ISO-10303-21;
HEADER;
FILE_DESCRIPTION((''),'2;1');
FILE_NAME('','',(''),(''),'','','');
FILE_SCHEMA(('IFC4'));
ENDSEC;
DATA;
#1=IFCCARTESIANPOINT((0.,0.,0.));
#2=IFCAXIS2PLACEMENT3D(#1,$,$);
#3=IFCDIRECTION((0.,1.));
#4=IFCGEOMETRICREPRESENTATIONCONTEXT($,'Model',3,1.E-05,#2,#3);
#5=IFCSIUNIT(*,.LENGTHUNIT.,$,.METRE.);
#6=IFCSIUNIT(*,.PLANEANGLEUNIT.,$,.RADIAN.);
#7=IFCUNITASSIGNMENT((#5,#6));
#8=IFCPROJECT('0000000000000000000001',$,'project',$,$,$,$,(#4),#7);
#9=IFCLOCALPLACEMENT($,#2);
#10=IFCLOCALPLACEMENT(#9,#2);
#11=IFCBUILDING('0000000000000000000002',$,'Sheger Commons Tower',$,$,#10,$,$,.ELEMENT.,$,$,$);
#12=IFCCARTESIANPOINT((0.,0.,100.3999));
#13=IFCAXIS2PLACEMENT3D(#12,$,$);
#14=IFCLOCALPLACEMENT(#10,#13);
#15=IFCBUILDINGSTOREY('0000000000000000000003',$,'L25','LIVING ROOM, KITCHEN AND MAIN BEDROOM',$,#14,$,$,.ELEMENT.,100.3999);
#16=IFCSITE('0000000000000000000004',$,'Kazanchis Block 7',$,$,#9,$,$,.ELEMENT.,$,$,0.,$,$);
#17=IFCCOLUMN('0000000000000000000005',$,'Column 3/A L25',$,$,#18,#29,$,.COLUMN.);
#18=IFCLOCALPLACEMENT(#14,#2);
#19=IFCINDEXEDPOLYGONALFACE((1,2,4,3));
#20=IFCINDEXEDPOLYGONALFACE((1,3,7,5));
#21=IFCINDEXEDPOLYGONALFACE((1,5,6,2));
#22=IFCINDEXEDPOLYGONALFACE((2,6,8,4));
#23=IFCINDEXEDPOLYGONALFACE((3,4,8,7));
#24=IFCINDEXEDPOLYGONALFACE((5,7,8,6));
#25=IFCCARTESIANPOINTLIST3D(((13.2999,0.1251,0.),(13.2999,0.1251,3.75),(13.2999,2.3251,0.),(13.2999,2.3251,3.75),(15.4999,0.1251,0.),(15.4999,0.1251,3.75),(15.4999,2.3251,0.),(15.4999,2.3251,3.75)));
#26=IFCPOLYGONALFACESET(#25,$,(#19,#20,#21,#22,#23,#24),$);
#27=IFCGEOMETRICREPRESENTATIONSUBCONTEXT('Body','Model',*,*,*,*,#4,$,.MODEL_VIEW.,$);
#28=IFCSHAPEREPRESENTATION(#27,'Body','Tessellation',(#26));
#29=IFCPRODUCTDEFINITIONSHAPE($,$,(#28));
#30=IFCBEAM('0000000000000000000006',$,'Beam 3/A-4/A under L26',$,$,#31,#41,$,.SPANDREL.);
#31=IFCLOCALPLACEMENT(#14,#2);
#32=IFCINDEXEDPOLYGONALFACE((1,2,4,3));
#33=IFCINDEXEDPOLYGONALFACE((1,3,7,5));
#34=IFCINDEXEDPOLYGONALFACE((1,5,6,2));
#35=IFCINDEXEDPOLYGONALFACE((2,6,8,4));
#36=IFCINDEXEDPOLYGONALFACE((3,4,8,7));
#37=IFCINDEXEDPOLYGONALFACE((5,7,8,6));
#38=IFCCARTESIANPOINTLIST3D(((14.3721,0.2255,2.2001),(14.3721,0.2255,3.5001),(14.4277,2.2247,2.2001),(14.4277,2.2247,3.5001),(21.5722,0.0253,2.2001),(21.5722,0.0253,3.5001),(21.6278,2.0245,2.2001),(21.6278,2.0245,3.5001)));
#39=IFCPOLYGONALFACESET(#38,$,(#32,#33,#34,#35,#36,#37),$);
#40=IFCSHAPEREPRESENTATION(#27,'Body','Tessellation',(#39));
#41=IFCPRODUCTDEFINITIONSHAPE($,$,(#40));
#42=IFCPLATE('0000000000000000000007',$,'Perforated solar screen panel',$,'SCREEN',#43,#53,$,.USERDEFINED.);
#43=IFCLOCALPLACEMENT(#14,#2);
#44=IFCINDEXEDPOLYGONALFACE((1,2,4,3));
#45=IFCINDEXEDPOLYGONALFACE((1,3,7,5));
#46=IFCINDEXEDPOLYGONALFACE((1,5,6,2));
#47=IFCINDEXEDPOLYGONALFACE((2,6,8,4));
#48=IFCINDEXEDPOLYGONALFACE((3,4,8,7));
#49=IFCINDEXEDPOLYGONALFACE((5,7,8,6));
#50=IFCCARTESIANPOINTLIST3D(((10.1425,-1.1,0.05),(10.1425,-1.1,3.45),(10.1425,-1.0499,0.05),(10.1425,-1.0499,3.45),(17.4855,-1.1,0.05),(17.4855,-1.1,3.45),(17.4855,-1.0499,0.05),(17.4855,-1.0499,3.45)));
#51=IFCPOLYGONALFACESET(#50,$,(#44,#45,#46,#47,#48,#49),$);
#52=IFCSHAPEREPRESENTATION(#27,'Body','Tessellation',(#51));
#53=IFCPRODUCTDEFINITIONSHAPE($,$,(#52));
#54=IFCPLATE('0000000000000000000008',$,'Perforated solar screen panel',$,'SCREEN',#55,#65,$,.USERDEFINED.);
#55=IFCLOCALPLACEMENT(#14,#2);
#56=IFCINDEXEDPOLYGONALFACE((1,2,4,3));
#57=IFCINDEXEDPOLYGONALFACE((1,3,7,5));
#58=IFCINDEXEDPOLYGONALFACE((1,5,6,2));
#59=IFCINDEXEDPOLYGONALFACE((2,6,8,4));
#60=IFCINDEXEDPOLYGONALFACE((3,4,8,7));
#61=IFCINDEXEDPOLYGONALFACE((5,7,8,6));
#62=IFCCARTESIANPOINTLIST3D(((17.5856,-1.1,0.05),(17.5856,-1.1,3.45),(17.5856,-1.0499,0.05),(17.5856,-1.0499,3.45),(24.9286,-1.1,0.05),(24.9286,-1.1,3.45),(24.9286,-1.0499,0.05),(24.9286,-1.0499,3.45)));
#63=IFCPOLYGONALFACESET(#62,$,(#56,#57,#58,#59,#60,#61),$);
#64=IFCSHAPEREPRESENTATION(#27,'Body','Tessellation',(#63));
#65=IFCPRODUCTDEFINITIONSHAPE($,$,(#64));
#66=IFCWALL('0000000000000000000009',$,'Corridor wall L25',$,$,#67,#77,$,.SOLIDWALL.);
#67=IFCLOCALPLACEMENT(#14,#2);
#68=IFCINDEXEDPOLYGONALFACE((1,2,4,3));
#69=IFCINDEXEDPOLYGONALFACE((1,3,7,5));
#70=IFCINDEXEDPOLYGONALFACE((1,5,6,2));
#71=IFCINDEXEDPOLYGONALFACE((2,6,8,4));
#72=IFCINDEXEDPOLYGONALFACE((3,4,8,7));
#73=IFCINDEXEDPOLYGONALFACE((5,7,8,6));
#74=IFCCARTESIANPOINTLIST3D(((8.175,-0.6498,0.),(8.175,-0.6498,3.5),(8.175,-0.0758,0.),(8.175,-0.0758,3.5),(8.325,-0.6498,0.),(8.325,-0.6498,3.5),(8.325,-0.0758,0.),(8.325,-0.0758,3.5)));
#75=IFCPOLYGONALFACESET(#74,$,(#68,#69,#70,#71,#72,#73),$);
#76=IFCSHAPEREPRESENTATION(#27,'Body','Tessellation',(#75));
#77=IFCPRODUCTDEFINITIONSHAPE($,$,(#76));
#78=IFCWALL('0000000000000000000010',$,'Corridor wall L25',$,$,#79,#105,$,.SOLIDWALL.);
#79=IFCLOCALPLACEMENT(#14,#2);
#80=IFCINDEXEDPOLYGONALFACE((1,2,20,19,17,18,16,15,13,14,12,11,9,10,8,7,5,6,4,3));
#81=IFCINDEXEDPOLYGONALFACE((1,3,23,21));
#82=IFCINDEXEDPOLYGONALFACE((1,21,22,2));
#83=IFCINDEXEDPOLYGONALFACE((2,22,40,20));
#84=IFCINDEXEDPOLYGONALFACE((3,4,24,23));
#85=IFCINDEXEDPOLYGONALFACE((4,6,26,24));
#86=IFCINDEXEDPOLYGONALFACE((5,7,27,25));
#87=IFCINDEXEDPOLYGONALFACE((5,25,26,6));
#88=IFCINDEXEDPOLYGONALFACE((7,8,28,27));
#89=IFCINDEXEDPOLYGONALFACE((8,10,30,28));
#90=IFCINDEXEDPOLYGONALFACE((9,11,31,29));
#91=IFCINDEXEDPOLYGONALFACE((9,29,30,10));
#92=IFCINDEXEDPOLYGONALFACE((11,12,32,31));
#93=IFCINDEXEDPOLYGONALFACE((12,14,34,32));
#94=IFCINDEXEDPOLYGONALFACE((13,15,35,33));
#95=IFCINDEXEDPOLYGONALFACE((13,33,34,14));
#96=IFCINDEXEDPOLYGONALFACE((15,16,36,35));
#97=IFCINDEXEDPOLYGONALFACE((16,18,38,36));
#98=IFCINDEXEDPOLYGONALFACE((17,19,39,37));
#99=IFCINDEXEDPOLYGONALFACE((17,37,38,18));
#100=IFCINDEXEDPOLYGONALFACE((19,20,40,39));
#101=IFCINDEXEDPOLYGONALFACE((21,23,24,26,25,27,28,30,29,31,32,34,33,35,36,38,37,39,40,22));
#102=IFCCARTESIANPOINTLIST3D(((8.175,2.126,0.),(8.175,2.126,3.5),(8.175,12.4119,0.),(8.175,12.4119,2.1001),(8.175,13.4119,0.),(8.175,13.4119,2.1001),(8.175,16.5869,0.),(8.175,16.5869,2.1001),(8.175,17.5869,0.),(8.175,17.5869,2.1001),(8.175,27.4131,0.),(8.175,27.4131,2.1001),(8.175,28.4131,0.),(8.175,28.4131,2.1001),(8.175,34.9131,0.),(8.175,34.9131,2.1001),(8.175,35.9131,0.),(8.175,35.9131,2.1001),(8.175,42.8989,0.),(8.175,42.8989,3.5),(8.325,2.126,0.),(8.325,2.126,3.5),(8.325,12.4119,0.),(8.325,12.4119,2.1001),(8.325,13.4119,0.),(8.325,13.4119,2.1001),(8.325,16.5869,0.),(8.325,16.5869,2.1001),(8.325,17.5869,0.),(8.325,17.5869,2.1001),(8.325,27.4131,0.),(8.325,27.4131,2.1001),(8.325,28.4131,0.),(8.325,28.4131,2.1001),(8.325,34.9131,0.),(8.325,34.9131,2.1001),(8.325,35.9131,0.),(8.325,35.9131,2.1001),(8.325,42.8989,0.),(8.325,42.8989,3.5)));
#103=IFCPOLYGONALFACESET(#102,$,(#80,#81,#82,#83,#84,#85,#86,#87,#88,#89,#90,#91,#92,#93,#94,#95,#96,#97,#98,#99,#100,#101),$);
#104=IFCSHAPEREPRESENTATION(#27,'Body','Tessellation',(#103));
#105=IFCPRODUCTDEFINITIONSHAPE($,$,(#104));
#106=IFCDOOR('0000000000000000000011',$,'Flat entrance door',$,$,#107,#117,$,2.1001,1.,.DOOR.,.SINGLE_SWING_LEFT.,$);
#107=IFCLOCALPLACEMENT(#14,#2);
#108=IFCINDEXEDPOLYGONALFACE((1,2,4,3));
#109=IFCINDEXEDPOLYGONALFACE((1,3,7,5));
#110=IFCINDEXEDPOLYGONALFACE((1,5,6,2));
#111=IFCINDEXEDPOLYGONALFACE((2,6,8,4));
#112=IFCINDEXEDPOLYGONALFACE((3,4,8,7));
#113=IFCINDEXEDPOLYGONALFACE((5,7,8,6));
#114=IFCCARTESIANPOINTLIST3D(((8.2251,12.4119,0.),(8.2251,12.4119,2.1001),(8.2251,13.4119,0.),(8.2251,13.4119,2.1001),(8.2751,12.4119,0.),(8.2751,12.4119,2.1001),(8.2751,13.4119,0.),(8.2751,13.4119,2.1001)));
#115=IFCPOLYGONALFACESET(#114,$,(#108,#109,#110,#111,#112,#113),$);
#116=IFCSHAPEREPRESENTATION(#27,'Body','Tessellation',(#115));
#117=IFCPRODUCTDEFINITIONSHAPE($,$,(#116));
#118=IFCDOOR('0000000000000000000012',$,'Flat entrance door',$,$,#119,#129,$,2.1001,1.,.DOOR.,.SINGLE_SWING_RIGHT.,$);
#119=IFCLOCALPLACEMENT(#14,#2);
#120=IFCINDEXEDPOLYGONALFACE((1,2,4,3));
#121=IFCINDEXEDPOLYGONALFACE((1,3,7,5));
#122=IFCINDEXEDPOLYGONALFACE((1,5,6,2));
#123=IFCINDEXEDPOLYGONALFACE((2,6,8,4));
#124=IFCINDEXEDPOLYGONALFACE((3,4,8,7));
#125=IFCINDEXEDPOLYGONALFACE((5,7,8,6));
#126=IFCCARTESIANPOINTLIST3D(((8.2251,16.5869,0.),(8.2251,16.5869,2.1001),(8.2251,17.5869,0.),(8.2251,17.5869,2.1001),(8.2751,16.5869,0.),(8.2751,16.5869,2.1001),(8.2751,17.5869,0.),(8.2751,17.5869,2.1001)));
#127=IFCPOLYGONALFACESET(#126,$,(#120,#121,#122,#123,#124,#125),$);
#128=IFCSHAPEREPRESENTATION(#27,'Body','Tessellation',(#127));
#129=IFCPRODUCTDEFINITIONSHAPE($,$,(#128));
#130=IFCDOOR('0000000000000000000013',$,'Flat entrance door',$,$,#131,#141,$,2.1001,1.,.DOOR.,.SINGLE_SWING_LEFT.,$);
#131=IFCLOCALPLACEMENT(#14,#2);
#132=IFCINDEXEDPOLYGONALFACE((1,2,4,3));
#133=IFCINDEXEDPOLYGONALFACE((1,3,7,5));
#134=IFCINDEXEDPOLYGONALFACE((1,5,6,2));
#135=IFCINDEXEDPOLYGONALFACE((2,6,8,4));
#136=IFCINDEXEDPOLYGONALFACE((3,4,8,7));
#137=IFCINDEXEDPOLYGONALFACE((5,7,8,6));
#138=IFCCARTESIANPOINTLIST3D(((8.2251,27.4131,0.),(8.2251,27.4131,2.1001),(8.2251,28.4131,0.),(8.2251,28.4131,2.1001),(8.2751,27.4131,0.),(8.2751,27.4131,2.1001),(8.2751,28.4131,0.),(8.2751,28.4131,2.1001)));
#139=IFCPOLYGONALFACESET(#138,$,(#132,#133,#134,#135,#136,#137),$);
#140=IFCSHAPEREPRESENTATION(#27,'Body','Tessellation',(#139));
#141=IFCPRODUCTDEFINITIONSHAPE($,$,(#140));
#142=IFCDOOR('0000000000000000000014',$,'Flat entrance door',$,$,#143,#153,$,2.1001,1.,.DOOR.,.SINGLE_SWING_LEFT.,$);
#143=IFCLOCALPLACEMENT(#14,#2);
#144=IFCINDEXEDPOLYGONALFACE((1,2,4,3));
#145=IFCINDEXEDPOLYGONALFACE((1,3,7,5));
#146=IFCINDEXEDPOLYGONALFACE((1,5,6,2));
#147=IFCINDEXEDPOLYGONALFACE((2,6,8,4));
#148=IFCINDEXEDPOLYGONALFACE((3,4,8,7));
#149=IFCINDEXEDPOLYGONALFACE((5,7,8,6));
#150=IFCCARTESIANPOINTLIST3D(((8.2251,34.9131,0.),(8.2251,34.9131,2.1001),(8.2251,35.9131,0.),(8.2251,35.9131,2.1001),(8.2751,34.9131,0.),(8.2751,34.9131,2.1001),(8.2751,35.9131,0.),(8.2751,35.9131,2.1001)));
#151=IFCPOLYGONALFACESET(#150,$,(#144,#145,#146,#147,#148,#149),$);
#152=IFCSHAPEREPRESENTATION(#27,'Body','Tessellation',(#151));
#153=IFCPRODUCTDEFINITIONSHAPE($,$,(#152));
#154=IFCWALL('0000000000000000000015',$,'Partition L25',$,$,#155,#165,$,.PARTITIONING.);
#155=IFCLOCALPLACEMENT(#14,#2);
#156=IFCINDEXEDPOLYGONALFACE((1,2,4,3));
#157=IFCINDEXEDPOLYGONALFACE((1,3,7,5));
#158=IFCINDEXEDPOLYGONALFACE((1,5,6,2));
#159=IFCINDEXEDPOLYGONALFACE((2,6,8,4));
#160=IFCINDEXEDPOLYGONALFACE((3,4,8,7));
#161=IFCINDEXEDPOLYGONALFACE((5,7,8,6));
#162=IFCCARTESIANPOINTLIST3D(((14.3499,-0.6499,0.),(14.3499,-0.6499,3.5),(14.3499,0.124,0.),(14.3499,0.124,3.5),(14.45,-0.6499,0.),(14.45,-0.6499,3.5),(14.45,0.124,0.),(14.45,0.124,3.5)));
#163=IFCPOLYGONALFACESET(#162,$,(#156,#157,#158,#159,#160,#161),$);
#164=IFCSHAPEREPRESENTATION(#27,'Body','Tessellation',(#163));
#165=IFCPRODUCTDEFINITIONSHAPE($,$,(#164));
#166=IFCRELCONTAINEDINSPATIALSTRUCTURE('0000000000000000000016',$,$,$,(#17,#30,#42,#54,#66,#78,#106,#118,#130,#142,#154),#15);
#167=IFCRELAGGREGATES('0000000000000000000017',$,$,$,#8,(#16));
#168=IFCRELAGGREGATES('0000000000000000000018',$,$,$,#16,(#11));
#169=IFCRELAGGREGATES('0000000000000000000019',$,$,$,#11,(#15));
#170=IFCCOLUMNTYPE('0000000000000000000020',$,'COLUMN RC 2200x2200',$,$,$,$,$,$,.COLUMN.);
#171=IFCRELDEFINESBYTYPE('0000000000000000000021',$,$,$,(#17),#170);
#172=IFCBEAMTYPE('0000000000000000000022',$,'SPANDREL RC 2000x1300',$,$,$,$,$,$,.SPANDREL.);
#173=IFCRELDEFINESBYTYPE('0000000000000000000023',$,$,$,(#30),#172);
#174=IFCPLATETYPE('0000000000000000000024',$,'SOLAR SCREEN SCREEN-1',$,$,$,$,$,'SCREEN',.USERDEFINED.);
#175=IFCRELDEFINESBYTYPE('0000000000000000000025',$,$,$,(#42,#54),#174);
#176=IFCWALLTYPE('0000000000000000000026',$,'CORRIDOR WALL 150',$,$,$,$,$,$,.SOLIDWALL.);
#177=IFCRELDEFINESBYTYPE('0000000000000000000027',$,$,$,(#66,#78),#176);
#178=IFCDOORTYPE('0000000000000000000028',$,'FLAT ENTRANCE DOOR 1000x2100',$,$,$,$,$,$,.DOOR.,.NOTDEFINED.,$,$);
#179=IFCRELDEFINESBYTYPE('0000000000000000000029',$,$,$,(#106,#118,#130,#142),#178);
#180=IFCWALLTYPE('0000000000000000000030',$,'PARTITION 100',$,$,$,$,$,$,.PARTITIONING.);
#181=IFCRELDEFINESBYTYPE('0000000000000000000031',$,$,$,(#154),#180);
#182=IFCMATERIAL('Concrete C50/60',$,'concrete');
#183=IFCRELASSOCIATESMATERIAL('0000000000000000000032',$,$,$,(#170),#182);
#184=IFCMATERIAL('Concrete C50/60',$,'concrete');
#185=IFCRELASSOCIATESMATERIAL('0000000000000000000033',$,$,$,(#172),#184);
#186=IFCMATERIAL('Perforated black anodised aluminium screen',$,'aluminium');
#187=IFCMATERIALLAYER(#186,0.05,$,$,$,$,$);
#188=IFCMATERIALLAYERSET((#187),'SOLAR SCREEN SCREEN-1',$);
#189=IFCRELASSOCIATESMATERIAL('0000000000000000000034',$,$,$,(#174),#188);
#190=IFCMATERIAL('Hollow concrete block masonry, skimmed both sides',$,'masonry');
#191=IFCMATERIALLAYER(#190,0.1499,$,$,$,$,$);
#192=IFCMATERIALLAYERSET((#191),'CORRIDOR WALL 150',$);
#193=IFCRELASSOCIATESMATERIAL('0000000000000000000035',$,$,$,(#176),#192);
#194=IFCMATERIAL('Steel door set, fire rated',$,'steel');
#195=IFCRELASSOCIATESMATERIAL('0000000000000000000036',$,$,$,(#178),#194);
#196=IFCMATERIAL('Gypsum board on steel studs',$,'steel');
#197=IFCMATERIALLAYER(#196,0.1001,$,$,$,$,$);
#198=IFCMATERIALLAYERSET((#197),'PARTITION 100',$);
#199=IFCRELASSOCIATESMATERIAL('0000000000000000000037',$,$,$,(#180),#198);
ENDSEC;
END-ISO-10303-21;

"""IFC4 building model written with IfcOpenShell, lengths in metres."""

from ifc_helpers import new_model, si_unit, direction, frame, frame_2d, origin, origin_2d, place, context, subcontext, project, spatial, rectangle, extrude, material, layer, layer_set, material_profile, profile_set, type_object, element, fill, save


model = new_model("IFC4")

# Units and contexts
model_context = context("Model", 3, precision=1e-05, world=origin(), true_north=direction((0.0, 1.0)))
body_context = subcontext(model_context, "Body", "Model", "MODEL_VIEW")
ifc_project = project(units=[si_unit("LENGTHUNIT", "METRE"), si_unit("PLANEANGLEUNIT", "RADIAN")], contexts=[model_context])

# Site, building, storey
site_placement = place(None, origin())
site = spatial("IfcSite", under=ifc_project, at=site_placement, Name="Kazanchis Block 7", CompositionType="ELEMENT", RefElevation=0.0)
building_placement = place(site_placement, origin())
building = spatial("IfcBuilding", under=site, at=building_placement, Name="Sheger Commons Tower", CompositionType="ELEMENT")
storey_placement = place(building_placement, frame((0.0, 0.0, 100.3999)))
storey = spatial("IfcBuildingStorey", under=building, at=storey_placement, Name="L25", Description="LIVING ROOM, KITCHEN AND MAIN BEDROOM", CompositionType="ELEMENT", Elevation=100.3999)

# Column
ifc_material_1 = material(Name="Concrete C50/60", Category="concrete")
ifc_material_profile_1 = material_profile(ifc_material_1, rectangle(XDim=2.2, YDim=2.2, at=origin_2d()), Name="RC 2200x2200")
ifc_profile_set_1 = profile_set([ifc_material_profile_1], Name="Concrete C50/60")
column_type = type_object("IfcColumnType", Name="COLUMN RC 2200x2200", PredefinedType="COLUMN", material=ifc_profile_set_1)
column_placement = place(storey_placement, frame((14.3999, 1.2251, 0.0), z_axis=(0.0, 0.0, 1.0), x_axis=(1.0, 0.0, 0.0)))
element("IfcColumn", 1, at=column_placement, inside=storey, type_object=column_type, Name="Column 3/A L25", PredefinedType="COLUMN", context=body_context, shape_type="SweptSolid", body=[
    extrude(rectangle(XDim=2.2, YDim=2.2, at=origin_2d()), origin(), (0.0, 0.0, 1.0), 3.75),
])

# Beam
ifc_material_2 = material(Name="Concrete C50/60", Category="concrete")
ifc_material_profile_2 = material_profile(ifc_material_2, rectangle(XDim=2.0, YDim=1.3, at=origin_2d()), Name="RC 2000x1300")
ifc_profile_set_2 = profile_set([ifc_material_profile_2], Name="Concrete C50/60")
beam_type = type_object("IfcBeamType", Name="SPANDREL RC 2000x1300", PredefinedType="SPANDREL", material=ifc_profile_set_2)
beam_placement = place(storey_placement, frame((14.3999, 1.2251, 2.8501), z_axis=(0.999614, -0.027793, 0.0), x_axis=(0.027793, 0.999614, 0.0)))
element("IfcBeam", 2, at=beam_placement, inside=storey, type_object=beam_type, Name="Beam 3/A-4/A under L26", PredefinedType="SPANDREL", context=body_context, shape_type="SweptSolid", body=[
    extrude(rectangle(XDim=2.0, YDim=1.3, at=origin_2d()), origin(), (0.0, 0.0, 1.0), 7.2029),
])

# Plates
ifc_material_3 = material(Name="Perforated black anodised aluminium screen", Category="aluminium")
ifc_layer_1 = layer(ifc_material_3, 0.05)
ifc_layer_set_1 = layer_set([ifc_layer_1], Name="SOLAR SCREEN SCREEN-1")
plate_type = type_object("IfcPlateType", Name="SOLAR SCREEN SCREEN-1", ElementType="SCREEN", PredefinedType="USERDEFINED", material=ifc_layer_set_1)
for number, where, z_axis, x_axis, name in (
    (3, (13.814, -1.075, 0.05), (0.0, 0.0, 1.0), (1.0, 0.0, 0.0), "Perforated solar screen panel"),
    (4, (21.2571, -1.075, 0.05), (0.0, 0.0, 1.0), (1.0, 0.0, 0.0), "Perforated solar screen panel"),
):
    element("IfcPlate", number, at=place(storey_placement, frame(where, z_axis=z_axis, x_axis=x_axis)), inside=storey, type_object=plate_type, Name=name, ObjectType="SCREEN", PredefinedType="USERDEFINED", context=body_context, shape_type="SweptSolid", body=[
        extrude(rectangle(XDim=7.343, YDim=0.05, at=origin_2d()), origin(), (0.0, 0.0, 1.0), 3.3999),
    ])

# Wall
ifc_material_4 = material(Name="Hollow concrete block masonry, skimmed both sides", Category="masonry")
ifc_layer_2 = layer(ifc_material_4, 0.1499)
ifc_layer_set_2 = layer_set([ifc_layer_2], Name="CORRIDOR WALL 150")
wall_type_1 = type_object("IfcWallType", Name="CORRIDOR WALL 150", PredefinedType="SOLIDWALL", material=ifc_layer_set_2)
wall_1_placement = place(storey_placement, frame((8.25, -0.6499, 0.0), z_axis=(0.0, 0.0, 1.0), x_axis=(0.0, 1.0, 0.0)))
element("IfcWall", 5, at=wall_1_placement, inside=storey, type_object=wall_type_1, Name="Corridor wall L25", PredefinedType="SOLIDWALL", context=body_context, shape_type="SweptSolid", body=[
    extrude(rectangle(XDim=0.574, YDim=0.1499, at=frame_2d((0.2871, 0.0))), origin(), (0.0, 0.0, 1.0), 3.5),
])

# Wall, openings, doors
wall_2_placement = place(storey_placement, frame((8.25, 2.126, 0.0), z_axis=(0.0, 0.0, 1.0), x_axis=(0.0, 1.0, 0.0)))
wall_2 = element("IfcWall", 6, at=wall_2_placement, inside=storey, type_object=wall_type_1, Name="Corridor wall L25", PredefinedType="SOLIDWALL", context=body_context, shape_type="SweptSolid", body=[
    extrude(rectangle(XDim=40.7729, YDim=0.1499, at=frame_2d((20.3865, 0.0))), origin(), (0.0, 0.0, 1.0), 3.5),
])
opening_1_placement = place(wall_2_placement, frame((10.2859, 0.0, 0.0)))
opening_1 = element("IfcOpeningElement", 7, at=opening_1_placement, cuts=wall_2, PredefinedType="OPENING", context=body_context, shape_type="SweptSolid", body=[
    extrude(rectangle(XDim=1.0, YDim=2.1001, at=frame_2d((0.5, 1.05))), frame((0.0, 0.085, 0.0), z_axis=(0.0, -1.0, 0.0), x_axis=(1.0, 0.0, 0.0)), (0.0, 0.0, 1.0), 0.1699),
])
opening_2_placement = place(wall_2_placement, frame((14.4609, 0.0, 0.0)))
opening_2 = element("IfcOpeningElement", 8, at=opening_2_placement, cuts=wall_2, PredefinedType="OPENING", context=body_context, shape_type="SweptSolid", body=[
    extrude(rectangle(XDim=1.0, YDim=2.1001, at=frame_2d((0.5, 1.05))), frame((0.0, 0.085, 0.0), z_axis=(0.0, -1.0, 0.0), x_axis=(1.0, 0.0, 0.0)), (0.0, 0.0, 1.0), 0.1699),
])
opening_3_placement = place(wall_2_placement, frame((25.2871, 0.0, 0.0)))
opening_3 = element("IfcOpeningElement", 9, at=opening_3_placement, cuts=wall_2, PredefinedType="OPENING", context=body_context, shape_type="SweptSolid", body=[
    extrude(rectangle(XDim=1.0, YDim=2.1001, at=frame_2d((0.5, 1.05))), frame((0.0, 0.085, 0.0), z_axis=(0.0, -1.0, 0.0), x_axis=(1.0, 0.0, 0.0)), (0.0, 0.0, 1.0), 0.1699),
])
opening_4_placement = place(wall_2_placement, frame((32.7871, 0.0, 0.0)))
opening_4 = element("IfcOpeningElement", 10, at=opening_4_placement, cuts=wall_2, PredefinedType="OPENING", context=body_context, shape_type="SweptSolid", body=[
    extrude(rectangle(XDim=1.0, YDim=2.1001, at=frame_2d((0.5, 1.05))), frame((0.0, 0.085, 0.0), z_axis=(0.0, -1.0, 0.0), x_axis=(1.0, 0.0, 0.0)), (0.0, 0.0, 1.0), 0.1699),
])
ifc_material_5 = material(Name="Steel door set, fire rated", Category="steel")
door_type_1 = type_object("IfcDoorType", Name="FLAT ENTRANCE DOOR 1000x2100", OperationType="NOTDEFINED", PredefinedType="DOOR", material=ifc_material_5)
door_1_placement = place(opening_1_placement, origin())
door_1 = element("IfcDoor", 11, at=door_1_placement, inside=storey, type_object=door_type_1, Name="Flat entrance door", OperationType="SINGLE_SWING_LEFT", OverallHeight=2.1001, OverallWidth=1.0, PredefinedType="DOOR", context=body_context, shape_type="SweptSolid", body=[
    extrude(rectangle(XDim=1.0, YDim=2.1001, at=frame_2d((0.5, 1.05))), frame((0.0, 0.0249, 0.0), z_axis=(0.0, -1.0, 0.0), x_axis=(1.0, 0.0, 0.0)), (0.0, 0.0, 1.0), 0.05),
])
fill(opening_1, door_1)
door_2_placement = place(opening_2_placement, origin())
door_2 = element("IfcDoor", 12, at=door_2_placement, inside=storey, type_object=door_type_1, Name="Flat entrance door", OperationType="SINGLE_SWING_RIGHT", OverallHeight=2.1001, OverallWidth=1.0, PredefinedType="DOOR", context=body_context, shape_type="SweptSolid", body=[
    extrude(rectangle(XDim=1.0, YDim=2.1001, at=frame_2d((0.5, 1.05))), frame((0.0, 0.0249, 0.0), z_axis=(0.0, -1.0, 0.0), x_axis=(1.0, 0.0, 0.0)), (0.0, 0.0, 1.0), 0.05),
])
fill(opening_2, door_2)
door_3_placement = place(opening_3_placement, origin())
door_3 = element("IfcDoor", 13, at=door_3_placement, inside=storey, type_object=door_type_1, Name="Flat entrance door", OperationType="SINGLE_SWING_LEFT", OverallHeight=2.1001, OverallWidth=1.0, PredefinedType="DOOR", context=body_context, shape_type="SweptSolid", body=[
    extrude(rectangle(XDim=1.0, YDim=2.1001, at=frame_2d((0.5, 1.05))), frame((0.0, 0.0249, 0.0), z_axis=(0.0, -1.0, 0.0), x_axis=(1.0, 0.0, 0.0)), (0.0, 0.0, 1.0), 0.05),
])
fill(opening_3, door_3)
door_4_placement = place(opening_4_placement, origin())
door_4 = element("IfcDoor", 14, at=door_4_placement, inside=storey, type_object=door_type_1, Name="Flat entrance door", OperationType="SINGLE_SWING_LEFT", OverallHeight=2.1001, OverallWidth=1.0, PredefinedType="DOOR", context=body_context, shape_type="SweptSolid", body=[
    extrude(rectangle(XDim=1.0, YDim=2.1001, at=frame_2d((0.5, 1.05))), frame((0.0, 0.0249, 0.0), z_axis=(0.0, -1.0, 0.0), x_axis=(1.0, 0.0, 0.0)), (0.0, 0.0, 1.0), 0.05),
])
fill(opening_4, door_4)

# Wall
ifc_material_6 = material(Name="Gypsum board on steel studs", Category="steel")
ifc_layer_3 = layer(ifc_material_6, 0.1001)
ifc_layer_set_3 = layer_set([ifc_layer_3], Name="PARTITION 100")
wall_type_2 = type_object("IfcWallType", Name="PARTITION 100", PredefinedType="PARTITIONING", material=ifc_layer_set_3)
wall_3_placement = place(storey_placement, frame((14.3999, -0.6499, 0.0), z_axis=(0.0, 0.0, 1.0), x_axis=(0.0, 1.0, 0.0)))
element("IfcWall", 15, at=wall_3_placement, inside=storey, type_object=wall_type_2, Name="Partition L25", PredefinedType="PARTITIONING", context=body_context, shape_type="SweptSolid", body=[
    extrude(rectangle(XDim=0.7739, YDim=0.1001, at=frame_2d((0.387, 0.0))), origin(), (0.0, 0.0, 1.0), 3.5),
])

save(model, "model.ifc")
